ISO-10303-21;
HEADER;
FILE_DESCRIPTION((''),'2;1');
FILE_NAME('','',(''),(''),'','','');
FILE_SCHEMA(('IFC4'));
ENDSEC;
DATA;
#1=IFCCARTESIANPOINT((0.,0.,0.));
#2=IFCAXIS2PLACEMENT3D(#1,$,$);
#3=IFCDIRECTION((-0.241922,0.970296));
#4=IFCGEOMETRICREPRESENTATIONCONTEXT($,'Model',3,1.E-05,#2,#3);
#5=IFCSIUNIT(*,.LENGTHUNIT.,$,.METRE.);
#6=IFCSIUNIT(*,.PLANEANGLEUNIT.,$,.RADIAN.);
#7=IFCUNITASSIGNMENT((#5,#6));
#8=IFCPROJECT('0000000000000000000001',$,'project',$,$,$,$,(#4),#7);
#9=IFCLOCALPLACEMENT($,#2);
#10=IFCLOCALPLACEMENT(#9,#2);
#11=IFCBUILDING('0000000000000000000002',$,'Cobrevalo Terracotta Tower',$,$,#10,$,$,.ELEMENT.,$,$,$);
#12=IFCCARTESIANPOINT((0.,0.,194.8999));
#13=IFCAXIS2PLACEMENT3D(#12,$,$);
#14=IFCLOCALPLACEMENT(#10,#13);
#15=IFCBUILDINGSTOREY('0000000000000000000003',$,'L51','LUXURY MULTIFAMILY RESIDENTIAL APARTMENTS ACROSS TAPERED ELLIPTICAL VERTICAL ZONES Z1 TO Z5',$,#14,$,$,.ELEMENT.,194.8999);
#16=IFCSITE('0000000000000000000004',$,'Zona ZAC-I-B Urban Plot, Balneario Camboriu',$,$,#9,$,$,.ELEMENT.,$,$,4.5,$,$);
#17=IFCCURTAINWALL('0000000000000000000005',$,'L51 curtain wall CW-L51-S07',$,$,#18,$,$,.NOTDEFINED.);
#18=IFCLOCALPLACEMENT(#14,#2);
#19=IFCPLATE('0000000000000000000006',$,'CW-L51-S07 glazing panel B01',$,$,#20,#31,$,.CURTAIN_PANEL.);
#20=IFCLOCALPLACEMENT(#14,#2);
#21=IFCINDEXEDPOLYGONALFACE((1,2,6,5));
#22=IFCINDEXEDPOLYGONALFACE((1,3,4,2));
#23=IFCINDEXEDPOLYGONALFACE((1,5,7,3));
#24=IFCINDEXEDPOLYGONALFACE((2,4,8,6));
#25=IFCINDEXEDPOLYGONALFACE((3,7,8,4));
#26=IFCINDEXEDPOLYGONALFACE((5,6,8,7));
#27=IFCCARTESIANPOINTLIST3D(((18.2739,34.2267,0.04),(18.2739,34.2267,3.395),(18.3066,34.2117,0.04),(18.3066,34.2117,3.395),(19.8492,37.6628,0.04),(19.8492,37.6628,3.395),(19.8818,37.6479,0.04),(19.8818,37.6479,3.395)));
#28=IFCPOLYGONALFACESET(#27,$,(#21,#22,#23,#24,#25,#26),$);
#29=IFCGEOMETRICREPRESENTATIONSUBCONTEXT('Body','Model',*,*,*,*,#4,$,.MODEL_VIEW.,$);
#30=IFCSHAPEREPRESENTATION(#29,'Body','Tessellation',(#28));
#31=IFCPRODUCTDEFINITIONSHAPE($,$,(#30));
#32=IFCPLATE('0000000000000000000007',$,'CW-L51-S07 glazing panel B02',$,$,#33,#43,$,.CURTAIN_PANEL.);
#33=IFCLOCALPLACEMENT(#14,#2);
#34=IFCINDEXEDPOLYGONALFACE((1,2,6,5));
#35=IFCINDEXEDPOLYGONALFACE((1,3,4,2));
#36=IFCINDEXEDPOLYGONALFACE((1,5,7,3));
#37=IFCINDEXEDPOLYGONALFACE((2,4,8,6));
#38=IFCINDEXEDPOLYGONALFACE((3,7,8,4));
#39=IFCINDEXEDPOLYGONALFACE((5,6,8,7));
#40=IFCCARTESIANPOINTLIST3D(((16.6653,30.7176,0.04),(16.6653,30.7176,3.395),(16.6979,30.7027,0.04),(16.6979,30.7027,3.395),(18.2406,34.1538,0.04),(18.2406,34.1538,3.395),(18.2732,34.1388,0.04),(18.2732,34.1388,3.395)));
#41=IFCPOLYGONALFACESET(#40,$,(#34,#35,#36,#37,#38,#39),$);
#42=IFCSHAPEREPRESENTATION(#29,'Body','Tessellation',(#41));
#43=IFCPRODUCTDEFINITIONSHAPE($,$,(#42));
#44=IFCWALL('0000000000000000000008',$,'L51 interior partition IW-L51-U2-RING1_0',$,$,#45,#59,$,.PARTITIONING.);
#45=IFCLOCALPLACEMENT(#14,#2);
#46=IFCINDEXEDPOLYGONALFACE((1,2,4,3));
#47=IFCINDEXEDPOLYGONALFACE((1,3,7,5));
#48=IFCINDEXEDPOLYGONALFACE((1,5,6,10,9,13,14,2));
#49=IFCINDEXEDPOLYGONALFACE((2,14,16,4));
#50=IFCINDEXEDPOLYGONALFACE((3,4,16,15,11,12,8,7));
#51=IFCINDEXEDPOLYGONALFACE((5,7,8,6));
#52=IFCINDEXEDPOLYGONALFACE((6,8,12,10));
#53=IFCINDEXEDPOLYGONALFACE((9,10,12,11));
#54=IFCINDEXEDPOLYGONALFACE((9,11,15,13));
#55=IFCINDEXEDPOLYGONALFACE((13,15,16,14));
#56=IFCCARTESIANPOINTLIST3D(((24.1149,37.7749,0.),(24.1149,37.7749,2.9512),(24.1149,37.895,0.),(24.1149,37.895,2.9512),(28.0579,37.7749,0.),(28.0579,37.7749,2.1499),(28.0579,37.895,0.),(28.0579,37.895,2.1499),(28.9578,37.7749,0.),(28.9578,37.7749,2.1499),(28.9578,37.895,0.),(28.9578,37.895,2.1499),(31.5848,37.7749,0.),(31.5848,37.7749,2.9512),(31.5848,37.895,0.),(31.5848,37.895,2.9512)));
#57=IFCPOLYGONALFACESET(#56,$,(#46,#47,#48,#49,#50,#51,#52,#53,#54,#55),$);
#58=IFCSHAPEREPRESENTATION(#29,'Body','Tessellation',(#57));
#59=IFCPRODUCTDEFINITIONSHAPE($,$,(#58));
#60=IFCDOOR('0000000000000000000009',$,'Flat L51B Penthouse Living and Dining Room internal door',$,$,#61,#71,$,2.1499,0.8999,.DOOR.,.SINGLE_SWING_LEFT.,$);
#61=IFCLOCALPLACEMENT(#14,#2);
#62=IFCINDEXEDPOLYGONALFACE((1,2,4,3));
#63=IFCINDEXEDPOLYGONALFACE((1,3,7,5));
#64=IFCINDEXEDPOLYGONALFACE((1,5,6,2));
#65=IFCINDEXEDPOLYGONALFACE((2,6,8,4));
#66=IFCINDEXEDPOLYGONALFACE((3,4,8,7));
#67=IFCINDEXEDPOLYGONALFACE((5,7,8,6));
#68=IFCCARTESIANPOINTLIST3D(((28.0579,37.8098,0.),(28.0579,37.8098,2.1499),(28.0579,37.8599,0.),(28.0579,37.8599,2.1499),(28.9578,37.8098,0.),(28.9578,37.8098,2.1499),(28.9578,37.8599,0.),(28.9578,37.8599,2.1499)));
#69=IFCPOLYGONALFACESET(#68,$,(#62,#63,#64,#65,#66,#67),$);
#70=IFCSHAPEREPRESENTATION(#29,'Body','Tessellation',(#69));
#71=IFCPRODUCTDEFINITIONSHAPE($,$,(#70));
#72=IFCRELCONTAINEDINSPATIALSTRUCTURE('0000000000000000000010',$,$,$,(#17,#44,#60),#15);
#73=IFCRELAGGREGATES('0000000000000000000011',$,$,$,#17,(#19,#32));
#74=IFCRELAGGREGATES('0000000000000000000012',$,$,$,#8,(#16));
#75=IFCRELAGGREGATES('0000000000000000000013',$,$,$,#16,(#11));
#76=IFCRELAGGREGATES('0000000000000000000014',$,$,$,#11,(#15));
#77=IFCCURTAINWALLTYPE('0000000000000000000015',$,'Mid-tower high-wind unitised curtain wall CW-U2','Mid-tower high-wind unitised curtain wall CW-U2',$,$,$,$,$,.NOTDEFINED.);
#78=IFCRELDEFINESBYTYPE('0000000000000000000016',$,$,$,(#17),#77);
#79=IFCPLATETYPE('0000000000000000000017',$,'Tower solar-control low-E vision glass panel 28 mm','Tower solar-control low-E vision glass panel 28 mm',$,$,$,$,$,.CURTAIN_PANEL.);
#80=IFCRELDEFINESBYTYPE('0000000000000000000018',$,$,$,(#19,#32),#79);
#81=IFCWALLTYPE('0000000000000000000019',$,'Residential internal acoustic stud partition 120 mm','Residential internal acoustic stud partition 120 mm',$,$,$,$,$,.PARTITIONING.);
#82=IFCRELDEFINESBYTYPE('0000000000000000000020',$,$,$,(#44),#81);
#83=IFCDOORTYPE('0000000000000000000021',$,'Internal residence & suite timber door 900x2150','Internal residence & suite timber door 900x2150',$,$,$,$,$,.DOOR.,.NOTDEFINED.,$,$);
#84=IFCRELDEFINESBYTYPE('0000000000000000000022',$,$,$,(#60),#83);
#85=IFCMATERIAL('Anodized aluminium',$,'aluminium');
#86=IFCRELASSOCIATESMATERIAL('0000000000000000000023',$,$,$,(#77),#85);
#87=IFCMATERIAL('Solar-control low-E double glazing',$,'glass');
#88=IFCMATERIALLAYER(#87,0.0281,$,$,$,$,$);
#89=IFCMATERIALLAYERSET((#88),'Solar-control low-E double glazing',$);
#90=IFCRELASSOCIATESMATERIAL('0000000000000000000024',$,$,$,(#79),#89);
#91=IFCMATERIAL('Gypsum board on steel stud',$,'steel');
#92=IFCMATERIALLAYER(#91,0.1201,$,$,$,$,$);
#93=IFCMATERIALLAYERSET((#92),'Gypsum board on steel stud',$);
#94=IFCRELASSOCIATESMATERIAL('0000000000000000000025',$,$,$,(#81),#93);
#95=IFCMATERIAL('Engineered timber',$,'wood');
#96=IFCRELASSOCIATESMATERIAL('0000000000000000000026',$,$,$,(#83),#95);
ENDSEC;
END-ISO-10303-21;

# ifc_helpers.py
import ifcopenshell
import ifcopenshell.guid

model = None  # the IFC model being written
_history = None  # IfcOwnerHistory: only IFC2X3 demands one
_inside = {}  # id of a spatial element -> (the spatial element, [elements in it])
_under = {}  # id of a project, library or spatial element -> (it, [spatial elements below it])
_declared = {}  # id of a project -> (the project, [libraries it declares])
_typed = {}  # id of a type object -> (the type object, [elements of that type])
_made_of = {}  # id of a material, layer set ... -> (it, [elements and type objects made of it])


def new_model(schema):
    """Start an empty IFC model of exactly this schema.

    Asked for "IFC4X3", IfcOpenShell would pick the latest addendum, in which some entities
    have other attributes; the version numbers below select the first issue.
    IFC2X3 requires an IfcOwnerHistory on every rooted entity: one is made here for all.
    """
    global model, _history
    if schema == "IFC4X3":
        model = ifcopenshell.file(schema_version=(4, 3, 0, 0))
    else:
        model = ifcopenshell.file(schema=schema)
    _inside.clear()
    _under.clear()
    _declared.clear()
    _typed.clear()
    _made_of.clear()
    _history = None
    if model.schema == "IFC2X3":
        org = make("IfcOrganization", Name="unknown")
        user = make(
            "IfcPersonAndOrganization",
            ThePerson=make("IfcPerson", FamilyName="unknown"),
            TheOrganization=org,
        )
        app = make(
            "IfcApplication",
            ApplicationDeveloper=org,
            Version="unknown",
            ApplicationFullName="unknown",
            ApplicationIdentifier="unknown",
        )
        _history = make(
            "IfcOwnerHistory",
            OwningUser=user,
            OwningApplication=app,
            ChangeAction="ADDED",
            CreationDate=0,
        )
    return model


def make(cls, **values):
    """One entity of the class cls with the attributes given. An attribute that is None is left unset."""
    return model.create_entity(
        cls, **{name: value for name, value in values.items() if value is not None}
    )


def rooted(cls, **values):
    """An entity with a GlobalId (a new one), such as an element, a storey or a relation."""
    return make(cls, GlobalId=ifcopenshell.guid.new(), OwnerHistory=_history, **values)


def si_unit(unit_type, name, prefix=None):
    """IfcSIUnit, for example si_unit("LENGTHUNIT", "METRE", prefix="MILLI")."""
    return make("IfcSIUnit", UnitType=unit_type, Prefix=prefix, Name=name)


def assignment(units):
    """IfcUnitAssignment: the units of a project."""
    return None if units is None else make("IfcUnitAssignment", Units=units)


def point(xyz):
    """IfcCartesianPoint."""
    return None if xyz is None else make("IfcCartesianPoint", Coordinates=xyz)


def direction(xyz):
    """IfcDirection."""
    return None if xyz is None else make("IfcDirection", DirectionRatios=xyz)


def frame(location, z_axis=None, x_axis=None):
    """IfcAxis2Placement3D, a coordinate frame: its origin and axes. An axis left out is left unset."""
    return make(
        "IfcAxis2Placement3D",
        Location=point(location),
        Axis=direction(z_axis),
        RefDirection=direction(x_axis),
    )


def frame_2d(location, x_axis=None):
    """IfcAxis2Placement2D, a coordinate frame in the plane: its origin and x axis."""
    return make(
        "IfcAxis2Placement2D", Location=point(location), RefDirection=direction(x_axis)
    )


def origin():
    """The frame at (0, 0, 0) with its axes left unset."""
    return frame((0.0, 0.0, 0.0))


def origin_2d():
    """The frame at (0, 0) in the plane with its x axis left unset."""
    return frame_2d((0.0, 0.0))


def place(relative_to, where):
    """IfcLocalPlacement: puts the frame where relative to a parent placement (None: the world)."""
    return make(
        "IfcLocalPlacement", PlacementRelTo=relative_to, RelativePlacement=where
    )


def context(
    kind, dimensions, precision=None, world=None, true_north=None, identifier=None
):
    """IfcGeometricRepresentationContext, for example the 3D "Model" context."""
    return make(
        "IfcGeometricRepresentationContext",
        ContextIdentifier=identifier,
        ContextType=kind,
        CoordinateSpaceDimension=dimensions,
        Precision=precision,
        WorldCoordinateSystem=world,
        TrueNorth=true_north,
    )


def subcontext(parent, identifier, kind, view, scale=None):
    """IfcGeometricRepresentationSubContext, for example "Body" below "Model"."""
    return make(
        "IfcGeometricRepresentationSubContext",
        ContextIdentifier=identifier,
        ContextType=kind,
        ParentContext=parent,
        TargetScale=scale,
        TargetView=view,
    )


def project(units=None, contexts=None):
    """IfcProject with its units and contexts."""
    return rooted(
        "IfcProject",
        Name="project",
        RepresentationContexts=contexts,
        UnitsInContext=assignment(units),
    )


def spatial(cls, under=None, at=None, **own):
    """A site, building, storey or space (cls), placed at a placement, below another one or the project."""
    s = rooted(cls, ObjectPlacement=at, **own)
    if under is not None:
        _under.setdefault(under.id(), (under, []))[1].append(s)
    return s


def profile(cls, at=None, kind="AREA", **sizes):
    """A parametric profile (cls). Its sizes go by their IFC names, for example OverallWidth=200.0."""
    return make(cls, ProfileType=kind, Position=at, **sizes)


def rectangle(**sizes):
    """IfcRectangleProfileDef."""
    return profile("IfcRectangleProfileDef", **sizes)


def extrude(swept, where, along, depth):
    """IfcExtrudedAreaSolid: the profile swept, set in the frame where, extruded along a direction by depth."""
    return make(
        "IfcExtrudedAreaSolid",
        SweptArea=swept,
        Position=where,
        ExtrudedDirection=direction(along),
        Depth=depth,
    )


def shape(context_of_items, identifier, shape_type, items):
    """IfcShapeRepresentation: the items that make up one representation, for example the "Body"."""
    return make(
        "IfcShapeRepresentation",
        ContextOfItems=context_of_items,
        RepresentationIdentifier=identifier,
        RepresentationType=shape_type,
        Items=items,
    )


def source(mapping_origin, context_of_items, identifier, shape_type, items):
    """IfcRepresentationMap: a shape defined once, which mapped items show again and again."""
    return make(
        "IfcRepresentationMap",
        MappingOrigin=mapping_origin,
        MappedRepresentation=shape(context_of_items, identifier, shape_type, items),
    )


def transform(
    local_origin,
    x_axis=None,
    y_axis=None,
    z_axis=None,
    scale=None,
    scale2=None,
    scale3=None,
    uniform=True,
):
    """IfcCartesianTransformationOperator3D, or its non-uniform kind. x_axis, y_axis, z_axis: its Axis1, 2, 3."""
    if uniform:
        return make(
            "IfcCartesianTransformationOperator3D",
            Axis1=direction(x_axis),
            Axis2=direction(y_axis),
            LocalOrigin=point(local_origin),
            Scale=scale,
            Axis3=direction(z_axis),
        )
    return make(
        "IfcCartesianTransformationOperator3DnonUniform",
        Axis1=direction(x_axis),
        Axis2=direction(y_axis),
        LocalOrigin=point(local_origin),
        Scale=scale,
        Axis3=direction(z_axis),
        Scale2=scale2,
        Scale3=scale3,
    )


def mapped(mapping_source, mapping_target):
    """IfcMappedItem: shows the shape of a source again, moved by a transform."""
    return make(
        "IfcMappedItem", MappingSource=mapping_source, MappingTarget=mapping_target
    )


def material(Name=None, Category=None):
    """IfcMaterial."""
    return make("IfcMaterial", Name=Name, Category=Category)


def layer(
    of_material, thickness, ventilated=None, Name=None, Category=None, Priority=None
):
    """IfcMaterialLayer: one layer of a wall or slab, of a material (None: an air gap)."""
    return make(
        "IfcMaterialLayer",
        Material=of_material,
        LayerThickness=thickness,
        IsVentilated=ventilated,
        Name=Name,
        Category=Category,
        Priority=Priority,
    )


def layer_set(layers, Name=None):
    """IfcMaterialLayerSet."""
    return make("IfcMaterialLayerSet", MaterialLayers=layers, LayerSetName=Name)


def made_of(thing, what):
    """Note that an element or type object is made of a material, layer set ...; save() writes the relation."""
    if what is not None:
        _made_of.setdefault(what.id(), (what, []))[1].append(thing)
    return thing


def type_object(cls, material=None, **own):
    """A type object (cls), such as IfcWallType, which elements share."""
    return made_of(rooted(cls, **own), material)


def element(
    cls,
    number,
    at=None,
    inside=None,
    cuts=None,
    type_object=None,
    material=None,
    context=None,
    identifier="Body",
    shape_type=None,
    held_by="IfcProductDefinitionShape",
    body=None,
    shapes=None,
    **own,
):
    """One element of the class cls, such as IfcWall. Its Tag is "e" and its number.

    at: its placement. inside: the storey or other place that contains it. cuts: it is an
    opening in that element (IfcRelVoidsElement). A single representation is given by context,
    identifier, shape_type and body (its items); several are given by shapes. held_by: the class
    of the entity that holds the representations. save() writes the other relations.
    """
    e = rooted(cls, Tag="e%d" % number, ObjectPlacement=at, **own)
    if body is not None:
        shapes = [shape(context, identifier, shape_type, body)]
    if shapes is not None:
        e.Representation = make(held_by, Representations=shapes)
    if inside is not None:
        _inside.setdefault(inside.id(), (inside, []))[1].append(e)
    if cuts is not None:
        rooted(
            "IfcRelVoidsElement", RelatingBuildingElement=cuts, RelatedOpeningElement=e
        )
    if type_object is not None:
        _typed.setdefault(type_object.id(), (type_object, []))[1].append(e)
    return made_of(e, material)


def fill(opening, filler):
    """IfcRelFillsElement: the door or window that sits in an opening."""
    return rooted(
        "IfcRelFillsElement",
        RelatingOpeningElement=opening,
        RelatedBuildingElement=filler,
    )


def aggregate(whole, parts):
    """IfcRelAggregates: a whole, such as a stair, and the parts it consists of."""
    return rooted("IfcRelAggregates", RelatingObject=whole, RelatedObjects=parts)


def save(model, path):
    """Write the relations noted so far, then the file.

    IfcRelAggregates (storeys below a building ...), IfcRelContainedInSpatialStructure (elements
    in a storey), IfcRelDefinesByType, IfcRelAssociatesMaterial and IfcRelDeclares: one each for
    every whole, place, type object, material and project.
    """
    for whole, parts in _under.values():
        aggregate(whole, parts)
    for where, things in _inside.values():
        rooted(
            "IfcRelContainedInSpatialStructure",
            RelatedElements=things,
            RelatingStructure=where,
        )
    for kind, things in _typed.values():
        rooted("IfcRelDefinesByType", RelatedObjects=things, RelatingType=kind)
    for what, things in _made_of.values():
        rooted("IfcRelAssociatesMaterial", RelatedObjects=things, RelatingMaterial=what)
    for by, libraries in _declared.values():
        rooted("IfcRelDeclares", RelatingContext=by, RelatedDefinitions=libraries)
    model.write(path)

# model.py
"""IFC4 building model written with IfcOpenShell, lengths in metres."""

from ifc_helpers import new_model, si_unit, direction, frame, frame_2d, origin, origin_2d, place, context, subcontext, project, spatial, rectangle, extrude, source, transform, mapped, material, layer, layer_set, type_object, element, fill, aggregate, save


model = new_model("IFC4")

# Units and contexts
model_context = context("Model", 3, precision=1e-05, world=origin(), true_north=direction((-0.241922, 0.970296)))
body_context = subcontext(model_context, "Body", "Model", "MODEL_VIEW")
ifc_project = project(units=[si_unit("LENGTHUNIT", "METRE"), si_unit("PLANEANGLEUNIT", "RADIAN")], contexts=[model_context])

# Site, building, storey
site_placement = place(None, origin())
site = spatial("IfcSite", under=ifc_project, at=site_placement, Name="Zona ZAC-I-B Urban Plot, Balneario Camboriu", CompositionType="ELEMENT", RefElevation=4.5)
building_placement = place(site_placement, origin())
building = spatial("IfcBuilding", under=site, at=building_placement, Name="Cobrevalo Terracotta Tower", CompositionType="ELEMENT")
storey_placement = place(building_placement, frame((0.0, 0.0, 194.8999)))
storey = spatial("IfcBuildingStorey", under=building, at=storey_placement, Name="L51", Description="LUXURY MULTIFAMILY RESIDENTIAL APARTMENTS ACROSS TAPERED ELLIPTICAL VERTICAL ZONES Z1 TO Z5", CompositionType="ELEMENT", Elevation=194.8999)

# Curtain wall
ifc_material_1 = material(Name="Anodized aluminium", Category="aluminium")
curtain_wall_type = type_object("IfcCurtainWallType", Name="Mid-tower high-wind unitised curtain wall CW-U2", Description="Mid-tower high-wind unitised curtain wall CW-U2", PredefinedType="NOTDEFINED", material=ifc_material_1)
curtain_wall_1_placement = place(storey_placement, origin())
curtain_wall_1 = element("IfcCurtainWall", 1, at=curtain_wall_1_placement, inside=storey, type_object=curtain_wall_type, Name="L51 curtain wall CW-L51-S07", PredefinedType="NOTDEFINED")

# Plates
ifc_material_2 = material(Name="Solar-control low-E double glazing", Category="glass")
ifc_layer_1 = layer(ifc_material_2, 0.0281)
ifc_layer_set_1 = layer_set([ifc_layer_1], Name="Solar-control low-E double glazing")
plate_type = type_object("IfcPlateType", Name="Tower solar-control low-E vision glass panel 28 mm", Description="Tower solar-control low-E vision glass panel 28 mm", PredefinedType="CURTAIN_PANEL", material=ifc_layer_set_1)
shared_shape_1 = source(origin(), body_context, "Body", "SweptSolid", [
    extrude(rectangle(XDim=3.78, YDim=0.0359, at=origin_2d()), origin(), (0.0, 0.0, 1.0), 3.355),
])
plate_1_placement = place(storey_placement, frame((19.0779, 35.9373, 0.04), z_axis=(0.0, 0.0, 1.0), x_axis=(-0.416731, -0.90903, 0.0)))
plate_1 = element("IfcPlate", 2, at=plate_1_placement, type_object=plate_type, Name="CW-L51-S07 glazing panel B01", PredefinedType="CURTAIN_PANEL", context=body_context, shape_type="MappedRepresentation", body=[
    mapped(shared_shape_1, transform((0.0, 0.0, 0.0), scale=1.0)),
])
plate_2_placement = place(storey_placement, frame((17.4692, 32.4282, 0.04), z_axis=(0.0, 0.0, 1.0), x_axis=(-0.416731, -0.90903, 0.0)))
plate_2 = element("IfcPlate", 3, at=plate_2_placement, type_object=plate_type, Name="CW-L51-S07 glazing panel B02", PredefinedType="CURTAIN_PANEL", context=body_context, shape_type="MappedRepresentation", body=[
    mapped(shared_shape_1, transform((0.0, 0.0, 0.0), scale=1.0)),
])
aggregate(curtain_wall_1, [plate_1, plate_2])

# Wall, opening, door
ifc_material_3 = material(Name="Gypsum board on steel stud", Category="steel")
ifc_layer_2 = layer(ifc_material_3, 0.1201)
ifc_layer_set_2 = layer_set([ifc_layer_2], Name="Gypsum board on steel stud")
wall_type = type_object("IfcWallType", Name="Residential internal acoustic stud partition 120 mm", Description="Residential internal acoustic stud partition 120 mm", PredefinedType="PARTITIONING", material=ifc_layer_set_2)
wall_placement = place(storey_placement, frame((24.115, 37.835, 0.0), z_axis=(0.0, 0.0, 1.0), x_axis=(1.0, 0.0, 0.0)))
wall = element("IfcWall", 4, at=wall_placement, inside=storey, type_object=wall_type, Name="L51 interior partition IW-L51-U2-RING1_0", PredefinedType="PARTITIONING", context=body_context, shape_type="SweptSolid", body=[
    extrude(rectangle(XDim=7.47, YDim=0.1201, at=frame_2d((3.7349, 0.0))), origin(), (0.0, 0.0, 1.0), 2.9512),
])
opening_placement = place(wall_placement, frame((3.9429, 0.0, 0.0)))
opening = element("IfcOpeningElement", 5, at=opening_placement, cuts=wall, PredefinedType="OPENING", context=body_context, shape_type="SweptSolid", body=[
    extrude(rectangle(XDim=0.8999, YDim=2.1499, at=frame_2d((0.45, 1.075))), frame((0.0, 0.0701, 0.0), z_axis=(0.0, -1.0, 0.0), x_axis=(1.0, 0.0, 0.0)), (0.0, 0.0, 1.0), 0.1401),
])
ifc_material_4 = material(Name="Engineered timber", Category="wood")
door_type = type_object("IfcDoorType", Name="Internal residence & suite timber door 900x2150", Description="Internal residence & suite timber door 900x2150", OperationType="NOTDEFINED", PredefinedType="DOOR", material=ifc_material_4)
shared_shape_2 = source(origin(), body_context, "Body", "SweptSolid", [
    extrude(rectangle(XDim=0.8999, YDim=2.1499, at=frame_2d((0.45, 1.075))), frame((0.0, 0.0249, 0.0), z_axis=(0.0, -1.0, 0.0), x_axis=(1.0, 0.0, 0.0)), (0.0, 0.0, 1.0), 0.05),
])
door_placement = place(opening_placement, origin())
door = element("IfcDoor", 6, at=door_placement, inside=storey, type_object=door_type, Name="Flat L51B Penthouse Living and Dining Room internal door", OperationType="SINGLE_SWING_LEFT", OverallHeight=2.1499, OverallWidth=0.8999, PredefinedType="DOOR", context=body_context, shape_type="MappedRepresentation", body=[
    mapped(shared_shape_2, transform((0.0, 0.0, 0.0), scale=1.0)),
])
fill(opening, door)

save(model, "model.ifc")
